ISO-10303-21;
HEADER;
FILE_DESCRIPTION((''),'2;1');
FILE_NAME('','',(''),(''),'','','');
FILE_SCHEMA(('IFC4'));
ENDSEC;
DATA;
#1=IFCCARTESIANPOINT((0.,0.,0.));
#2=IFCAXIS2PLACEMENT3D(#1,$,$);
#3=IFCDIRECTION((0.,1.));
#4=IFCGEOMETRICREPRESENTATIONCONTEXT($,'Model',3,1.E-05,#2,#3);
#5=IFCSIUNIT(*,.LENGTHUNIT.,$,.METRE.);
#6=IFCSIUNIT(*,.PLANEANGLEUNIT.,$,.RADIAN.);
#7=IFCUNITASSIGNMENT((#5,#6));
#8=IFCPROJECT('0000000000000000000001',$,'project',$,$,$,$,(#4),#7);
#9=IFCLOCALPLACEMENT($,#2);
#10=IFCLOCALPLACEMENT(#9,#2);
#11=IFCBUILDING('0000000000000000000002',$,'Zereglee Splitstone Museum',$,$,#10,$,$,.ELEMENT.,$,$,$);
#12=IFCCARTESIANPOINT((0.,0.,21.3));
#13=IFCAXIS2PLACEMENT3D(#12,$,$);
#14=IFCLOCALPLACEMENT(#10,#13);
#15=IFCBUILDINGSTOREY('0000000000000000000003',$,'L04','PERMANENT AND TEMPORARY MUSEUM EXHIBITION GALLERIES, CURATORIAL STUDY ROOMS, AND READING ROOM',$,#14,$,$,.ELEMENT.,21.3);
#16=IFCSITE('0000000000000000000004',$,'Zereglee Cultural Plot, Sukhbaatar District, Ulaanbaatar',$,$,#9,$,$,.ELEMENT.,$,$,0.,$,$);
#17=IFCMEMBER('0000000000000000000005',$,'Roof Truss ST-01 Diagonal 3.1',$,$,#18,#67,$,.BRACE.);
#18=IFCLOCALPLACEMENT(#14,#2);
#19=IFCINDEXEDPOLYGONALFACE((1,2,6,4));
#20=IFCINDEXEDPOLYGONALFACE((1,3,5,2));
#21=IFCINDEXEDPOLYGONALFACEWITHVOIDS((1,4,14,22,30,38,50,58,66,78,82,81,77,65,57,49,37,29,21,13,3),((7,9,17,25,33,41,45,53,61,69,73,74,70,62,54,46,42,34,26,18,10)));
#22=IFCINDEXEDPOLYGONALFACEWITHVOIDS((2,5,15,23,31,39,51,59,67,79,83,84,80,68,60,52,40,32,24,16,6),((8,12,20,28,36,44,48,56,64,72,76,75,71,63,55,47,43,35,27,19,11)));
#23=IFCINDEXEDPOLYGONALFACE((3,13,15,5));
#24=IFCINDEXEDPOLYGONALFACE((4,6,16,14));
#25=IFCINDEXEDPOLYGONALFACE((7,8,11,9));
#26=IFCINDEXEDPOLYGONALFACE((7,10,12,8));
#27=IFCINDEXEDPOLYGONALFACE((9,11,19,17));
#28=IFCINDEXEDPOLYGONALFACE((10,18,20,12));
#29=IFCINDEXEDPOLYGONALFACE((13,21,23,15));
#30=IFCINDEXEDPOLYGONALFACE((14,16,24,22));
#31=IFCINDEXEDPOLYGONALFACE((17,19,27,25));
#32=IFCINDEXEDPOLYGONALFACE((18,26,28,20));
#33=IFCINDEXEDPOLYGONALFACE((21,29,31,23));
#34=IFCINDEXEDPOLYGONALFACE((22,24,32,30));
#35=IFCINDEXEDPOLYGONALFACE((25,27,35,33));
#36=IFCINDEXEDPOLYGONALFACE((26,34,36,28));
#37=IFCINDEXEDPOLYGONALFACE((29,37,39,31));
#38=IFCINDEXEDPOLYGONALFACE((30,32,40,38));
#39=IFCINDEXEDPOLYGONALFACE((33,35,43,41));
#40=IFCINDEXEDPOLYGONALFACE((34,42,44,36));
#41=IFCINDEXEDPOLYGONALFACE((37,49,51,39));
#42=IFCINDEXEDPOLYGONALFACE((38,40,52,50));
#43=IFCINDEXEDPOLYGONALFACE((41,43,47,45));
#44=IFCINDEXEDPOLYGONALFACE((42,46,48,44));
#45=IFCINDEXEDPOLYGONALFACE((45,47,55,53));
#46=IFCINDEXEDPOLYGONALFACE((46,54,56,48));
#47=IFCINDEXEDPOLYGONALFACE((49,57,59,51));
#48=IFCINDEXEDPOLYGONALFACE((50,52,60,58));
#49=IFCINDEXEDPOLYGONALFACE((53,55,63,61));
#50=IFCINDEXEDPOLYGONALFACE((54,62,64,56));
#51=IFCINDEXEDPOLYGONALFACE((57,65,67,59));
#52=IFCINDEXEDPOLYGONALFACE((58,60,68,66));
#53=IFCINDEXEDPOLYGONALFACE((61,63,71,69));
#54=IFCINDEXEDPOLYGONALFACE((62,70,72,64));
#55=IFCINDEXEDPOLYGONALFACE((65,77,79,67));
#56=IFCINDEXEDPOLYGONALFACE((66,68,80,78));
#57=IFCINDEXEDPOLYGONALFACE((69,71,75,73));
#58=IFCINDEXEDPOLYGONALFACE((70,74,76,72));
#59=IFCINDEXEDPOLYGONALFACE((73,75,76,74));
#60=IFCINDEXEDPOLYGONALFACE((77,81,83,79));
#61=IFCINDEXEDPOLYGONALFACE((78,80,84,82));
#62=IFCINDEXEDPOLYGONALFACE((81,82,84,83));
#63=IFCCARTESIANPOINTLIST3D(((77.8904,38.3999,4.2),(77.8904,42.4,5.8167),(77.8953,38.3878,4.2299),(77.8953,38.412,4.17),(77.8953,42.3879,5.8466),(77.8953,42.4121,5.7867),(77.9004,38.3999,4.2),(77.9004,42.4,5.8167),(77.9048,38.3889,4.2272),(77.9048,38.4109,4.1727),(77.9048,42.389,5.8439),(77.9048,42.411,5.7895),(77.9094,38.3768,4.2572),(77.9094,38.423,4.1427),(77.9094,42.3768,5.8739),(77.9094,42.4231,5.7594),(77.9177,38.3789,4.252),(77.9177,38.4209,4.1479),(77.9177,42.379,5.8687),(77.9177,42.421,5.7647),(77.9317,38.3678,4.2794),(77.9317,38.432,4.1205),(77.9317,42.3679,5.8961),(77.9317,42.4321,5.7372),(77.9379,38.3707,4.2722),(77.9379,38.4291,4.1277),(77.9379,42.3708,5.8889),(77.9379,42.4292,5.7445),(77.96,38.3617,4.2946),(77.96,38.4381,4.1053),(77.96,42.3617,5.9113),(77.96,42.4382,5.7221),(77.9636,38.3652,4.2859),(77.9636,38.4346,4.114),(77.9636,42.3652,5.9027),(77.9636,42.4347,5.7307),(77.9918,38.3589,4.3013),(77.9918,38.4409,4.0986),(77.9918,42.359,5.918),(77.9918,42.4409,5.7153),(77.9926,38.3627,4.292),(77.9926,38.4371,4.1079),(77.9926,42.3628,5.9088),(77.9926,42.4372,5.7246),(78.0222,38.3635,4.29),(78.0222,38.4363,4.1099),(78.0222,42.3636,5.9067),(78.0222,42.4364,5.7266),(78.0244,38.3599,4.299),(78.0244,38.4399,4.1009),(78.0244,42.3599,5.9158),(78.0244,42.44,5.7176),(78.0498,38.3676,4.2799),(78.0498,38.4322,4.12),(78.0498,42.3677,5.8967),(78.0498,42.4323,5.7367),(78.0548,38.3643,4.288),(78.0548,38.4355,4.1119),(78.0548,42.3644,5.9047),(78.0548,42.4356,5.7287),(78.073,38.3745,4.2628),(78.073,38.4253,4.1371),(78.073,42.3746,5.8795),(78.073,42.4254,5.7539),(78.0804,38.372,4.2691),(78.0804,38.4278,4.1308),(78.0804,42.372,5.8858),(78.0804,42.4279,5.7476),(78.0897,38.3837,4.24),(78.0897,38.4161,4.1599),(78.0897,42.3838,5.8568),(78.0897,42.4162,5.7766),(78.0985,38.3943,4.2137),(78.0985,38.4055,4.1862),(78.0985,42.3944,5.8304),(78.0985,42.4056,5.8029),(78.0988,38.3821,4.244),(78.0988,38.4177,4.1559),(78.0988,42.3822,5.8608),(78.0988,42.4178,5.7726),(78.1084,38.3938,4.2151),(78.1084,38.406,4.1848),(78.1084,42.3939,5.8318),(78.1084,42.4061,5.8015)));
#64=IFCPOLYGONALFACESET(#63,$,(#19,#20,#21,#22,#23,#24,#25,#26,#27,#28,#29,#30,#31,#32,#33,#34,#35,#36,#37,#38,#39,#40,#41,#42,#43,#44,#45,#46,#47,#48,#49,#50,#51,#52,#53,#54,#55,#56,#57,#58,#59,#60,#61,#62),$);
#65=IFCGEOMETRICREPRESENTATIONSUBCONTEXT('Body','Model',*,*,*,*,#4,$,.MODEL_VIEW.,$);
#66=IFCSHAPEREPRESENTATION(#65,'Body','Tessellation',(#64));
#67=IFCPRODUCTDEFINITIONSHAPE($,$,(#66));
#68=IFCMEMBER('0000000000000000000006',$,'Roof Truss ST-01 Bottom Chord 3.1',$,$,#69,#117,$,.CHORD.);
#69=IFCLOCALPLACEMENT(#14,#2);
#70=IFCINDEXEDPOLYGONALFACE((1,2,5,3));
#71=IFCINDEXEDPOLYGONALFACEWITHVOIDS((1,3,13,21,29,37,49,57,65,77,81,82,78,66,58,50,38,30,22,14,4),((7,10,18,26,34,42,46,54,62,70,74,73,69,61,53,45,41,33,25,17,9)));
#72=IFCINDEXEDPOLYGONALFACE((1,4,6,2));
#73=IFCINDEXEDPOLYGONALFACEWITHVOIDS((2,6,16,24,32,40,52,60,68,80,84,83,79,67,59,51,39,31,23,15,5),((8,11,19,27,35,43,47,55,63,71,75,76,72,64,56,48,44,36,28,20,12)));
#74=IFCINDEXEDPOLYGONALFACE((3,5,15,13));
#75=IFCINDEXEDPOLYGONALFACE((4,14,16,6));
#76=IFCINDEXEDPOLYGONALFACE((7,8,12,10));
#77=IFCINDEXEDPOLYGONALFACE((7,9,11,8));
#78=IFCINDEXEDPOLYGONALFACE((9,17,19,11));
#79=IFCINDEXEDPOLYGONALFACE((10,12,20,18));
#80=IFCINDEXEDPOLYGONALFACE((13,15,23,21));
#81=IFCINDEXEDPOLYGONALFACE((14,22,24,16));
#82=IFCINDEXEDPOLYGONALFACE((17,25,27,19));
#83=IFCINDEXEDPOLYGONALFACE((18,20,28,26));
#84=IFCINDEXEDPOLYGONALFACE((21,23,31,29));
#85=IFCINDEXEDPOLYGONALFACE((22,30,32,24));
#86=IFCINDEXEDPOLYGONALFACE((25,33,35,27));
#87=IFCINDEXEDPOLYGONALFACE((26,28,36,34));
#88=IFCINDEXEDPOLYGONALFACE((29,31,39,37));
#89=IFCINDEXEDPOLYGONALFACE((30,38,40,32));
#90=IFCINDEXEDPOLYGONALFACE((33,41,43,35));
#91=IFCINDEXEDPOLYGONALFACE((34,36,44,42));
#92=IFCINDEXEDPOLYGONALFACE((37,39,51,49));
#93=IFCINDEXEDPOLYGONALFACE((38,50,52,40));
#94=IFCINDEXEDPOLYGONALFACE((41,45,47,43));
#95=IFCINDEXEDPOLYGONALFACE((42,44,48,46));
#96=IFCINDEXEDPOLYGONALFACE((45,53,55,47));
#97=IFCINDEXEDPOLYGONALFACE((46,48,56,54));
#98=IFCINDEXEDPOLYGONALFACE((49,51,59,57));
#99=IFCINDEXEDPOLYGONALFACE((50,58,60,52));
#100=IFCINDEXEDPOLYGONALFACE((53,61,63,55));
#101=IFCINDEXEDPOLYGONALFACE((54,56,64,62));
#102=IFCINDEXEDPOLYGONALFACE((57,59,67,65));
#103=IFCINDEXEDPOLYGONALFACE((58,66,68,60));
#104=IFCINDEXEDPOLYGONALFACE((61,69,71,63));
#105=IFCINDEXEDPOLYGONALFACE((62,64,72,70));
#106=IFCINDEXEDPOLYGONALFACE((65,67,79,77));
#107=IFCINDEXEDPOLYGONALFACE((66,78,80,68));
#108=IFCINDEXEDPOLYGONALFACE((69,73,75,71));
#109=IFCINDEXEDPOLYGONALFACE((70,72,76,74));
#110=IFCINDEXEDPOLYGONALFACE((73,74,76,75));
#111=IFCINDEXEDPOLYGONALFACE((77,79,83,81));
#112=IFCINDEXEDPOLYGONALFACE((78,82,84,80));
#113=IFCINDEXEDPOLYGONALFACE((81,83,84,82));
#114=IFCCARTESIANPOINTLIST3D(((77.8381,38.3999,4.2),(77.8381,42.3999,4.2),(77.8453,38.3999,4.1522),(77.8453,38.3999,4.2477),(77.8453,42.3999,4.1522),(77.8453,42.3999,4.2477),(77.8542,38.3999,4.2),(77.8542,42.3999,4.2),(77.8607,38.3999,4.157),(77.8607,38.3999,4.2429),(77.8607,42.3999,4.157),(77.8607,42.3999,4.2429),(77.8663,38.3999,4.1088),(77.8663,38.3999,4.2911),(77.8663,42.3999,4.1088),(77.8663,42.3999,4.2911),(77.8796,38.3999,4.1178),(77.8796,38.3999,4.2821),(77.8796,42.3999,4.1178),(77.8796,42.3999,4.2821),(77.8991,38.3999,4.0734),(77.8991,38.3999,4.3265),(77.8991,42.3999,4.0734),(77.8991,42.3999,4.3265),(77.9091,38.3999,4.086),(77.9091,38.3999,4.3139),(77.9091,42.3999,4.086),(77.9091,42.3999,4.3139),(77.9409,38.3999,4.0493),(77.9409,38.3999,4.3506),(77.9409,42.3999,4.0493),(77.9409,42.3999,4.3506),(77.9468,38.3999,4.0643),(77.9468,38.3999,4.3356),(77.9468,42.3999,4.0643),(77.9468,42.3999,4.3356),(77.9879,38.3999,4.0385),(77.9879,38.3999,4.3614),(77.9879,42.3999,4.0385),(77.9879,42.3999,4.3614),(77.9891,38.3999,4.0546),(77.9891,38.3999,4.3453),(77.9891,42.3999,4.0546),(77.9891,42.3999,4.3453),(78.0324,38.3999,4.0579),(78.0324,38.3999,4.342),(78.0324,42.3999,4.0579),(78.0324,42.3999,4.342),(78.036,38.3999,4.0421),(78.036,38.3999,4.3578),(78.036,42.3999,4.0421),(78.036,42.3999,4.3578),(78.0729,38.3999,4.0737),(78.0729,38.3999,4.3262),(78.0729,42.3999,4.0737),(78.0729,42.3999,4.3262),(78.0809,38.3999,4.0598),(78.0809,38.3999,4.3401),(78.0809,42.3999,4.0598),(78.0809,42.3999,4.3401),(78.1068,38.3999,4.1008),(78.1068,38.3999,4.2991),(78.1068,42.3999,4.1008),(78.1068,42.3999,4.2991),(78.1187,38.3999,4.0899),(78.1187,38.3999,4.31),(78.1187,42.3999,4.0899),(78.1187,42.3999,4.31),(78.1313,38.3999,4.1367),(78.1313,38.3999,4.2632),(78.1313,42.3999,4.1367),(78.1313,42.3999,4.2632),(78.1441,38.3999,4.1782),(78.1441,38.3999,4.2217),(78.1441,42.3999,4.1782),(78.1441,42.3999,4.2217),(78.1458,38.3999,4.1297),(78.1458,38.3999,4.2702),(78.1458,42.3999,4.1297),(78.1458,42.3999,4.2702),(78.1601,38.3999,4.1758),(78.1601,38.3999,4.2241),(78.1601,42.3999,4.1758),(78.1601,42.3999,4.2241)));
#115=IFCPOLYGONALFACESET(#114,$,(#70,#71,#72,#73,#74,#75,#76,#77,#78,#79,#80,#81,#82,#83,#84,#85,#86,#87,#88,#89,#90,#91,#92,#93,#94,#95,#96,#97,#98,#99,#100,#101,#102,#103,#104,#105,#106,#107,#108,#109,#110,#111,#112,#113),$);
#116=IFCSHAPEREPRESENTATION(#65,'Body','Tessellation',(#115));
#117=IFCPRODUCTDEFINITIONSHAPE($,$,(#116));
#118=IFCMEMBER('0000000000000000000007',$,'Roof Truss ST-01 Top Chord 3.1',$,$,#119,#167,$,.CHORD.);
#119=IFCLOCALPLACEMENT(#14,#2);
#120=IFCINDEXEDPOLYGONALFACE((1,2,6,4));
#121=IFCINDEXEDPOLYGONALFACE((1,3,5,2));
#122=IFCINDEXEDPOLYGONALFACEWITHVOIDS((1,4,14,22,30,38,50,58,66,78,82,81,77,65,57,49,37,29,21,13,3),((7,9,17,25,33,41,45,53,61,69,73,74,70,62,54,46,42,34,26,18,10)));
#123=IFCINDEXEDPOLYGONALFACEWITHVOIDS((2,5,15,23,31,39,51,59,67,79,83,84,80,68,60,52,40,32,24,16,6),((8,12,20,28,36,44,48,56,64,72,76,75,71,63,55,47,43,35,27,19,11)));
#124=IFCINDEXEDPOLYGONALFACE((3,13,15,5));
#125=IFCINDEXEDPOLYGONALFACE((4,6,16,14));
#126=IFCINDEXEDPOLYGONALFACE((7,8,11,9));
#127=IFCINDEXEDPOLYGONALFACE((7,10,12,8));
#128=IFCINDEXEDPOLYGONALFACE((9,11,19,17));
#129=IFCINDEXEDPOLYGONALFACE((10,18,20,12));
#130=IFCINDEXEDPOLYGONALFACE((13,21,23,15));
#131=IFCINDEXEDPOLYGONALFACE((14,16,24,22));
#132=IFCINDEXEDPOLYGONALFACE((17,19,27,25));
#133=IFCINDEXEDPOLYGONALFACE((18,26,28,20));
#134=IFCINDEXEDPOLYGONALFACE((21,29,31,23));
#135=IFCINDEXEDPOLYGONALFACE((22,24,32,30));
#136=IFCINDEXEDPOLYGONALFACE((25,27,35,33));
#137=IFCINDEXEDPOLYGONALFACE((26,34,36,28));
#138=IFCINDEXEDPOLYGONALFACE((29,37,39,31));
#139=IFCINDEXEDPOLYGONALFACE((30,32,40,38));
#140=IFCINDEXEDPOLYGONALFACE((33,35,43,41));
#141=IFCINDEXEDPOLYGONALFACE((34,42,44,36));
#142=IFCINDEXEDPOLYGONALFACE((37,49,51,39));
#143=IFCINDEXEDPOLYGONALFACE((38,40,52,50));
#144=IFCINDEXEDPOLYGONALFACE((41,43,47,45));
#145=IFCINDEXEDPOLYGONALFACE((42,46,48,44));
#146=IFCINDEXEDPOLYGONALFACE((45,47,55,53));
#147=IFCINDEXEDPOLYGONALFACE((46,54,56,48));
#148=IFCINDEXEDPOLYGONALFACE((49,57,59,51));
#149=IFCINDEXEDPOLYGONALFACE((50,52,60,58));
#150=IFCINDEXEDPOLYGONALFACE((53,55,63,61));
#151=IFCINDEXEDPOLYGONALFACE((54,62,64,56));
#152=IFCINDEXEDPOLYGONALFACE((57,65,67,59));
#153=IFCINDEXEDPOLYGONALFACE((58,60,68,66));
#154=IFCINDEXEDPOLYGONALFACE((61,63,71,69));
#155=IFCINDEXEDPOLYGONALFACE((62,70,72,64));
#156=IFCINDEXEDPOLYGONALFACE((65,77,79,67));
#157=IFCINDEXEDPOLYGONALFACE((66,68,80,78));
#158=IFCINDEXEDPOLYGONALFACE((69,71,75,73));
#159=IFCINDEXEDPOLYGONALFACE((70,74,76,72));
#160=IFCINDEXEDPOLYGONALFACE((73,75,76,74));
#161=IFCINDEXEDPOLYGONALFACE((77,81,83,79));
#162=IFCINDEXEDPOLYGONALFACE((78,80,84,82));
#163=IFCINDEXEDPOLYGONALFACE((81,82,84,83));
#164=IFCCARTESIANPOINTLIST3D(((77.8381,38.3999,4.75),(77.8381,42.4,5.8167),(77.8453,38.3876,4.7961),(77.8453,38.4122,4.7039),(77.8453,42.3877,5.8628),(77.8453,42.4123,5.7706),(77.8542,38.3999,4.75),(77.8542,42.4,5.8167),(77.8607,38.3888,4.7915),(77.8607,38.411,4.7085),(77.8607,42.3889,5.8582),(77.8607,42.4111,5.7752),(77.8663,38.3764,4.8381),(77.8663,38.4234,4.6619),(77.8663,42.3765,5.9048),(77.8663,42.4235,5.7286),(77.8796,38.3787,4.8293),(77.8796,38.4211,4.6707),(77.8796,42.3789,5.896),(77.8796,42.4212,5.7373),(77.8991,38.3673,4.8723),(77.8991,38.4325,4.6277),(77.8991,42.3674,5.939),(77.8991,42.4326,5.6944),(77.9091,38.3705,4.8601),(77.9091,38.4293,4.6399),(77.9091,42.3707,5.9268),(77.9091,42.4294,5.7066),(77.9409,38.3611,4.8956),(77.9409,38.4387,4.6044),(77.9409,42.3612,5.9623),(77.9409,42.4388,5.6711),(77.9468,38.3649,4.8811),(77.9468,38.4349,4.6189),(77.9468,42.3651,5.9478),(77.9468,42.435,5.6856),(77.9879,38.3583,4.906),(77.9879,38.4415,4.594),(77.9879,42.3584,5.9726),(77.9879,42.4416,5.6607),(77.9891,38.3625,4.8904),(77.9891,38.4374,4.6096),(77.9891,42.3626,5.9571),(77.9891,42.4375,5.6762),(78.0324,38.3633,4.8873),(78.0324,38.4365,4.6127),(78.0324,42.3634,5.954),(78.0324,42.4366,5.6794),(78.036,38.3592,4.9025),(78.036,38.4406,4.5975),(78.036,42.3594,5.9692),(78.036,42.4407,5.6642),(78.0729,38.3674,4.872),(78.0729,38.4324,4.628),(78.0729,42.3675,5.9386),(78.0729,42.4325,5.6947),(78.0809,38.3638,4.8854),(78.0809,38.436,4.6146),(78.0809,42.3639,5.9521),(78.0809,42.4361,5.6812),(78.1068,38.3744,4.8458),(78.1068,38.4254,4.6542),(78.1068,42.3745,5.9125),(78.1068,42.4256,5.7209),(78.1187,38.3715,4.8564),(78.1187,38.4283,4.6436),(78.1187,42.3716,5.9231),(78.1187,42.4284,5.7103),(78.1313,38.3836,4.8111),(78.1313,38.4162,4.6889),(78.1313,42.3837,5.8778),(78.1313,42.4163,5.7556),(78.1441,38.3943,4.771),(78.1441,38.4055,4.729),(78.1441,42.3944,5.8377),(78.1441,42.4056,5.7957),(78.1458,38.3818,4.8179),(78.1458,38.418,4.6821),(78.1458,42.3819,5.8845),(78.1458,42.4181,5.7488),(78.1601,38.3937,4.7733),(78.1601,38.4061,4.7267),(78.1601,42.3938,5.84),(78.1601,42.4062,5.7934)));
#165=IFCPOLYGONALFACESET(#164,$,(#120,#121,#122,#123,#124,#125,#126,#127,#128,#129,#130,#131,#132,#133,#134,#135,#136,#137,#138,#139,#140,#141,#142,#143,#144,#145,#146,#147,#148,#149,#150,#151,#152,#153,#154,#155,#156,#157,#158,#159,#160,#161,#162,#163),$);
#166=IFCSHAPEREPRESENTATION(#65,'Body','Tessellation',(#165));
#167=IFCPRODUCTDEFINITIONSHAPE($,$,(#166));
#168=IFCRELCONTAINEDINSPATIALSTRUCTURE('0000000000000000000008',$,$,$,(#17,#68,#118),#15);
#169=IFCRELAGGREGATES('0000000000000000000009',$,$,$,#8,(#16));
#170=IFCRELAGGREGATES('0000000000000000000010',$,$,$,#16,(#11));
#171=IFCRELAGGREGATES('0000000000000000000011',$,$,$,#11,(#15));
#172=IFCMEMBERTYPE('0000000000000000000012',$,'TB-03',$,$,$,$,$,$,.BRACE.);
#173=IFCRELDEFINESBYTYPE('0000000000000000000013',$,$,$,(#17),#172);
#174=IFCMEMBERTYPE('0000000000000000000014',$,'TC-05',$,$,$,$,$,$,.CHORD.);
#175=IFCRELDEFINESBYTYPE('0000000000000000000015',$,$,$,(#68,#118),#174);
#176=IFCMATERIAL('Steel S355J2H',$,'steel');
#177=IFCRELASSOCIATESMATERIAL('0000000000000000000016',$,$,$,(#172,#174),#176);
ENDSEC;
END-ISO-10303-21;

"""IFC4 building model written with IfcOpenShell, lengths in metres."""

from ifc_helpers import new_model, si_unit, direction, frame, origin, origin_2d, place, context, subcontext, project, spatial, hollow_circle, extrude, material, material_profile, profile_set, type_object, element, save


model = new_model("IFC4")

# Units and contexts
model_context = context("Model", 3, precision=1e-05, world=origin(), true_north=direction((0.0, 1.0)))
body_context = subcontext(model_context, "Body", "Model", "MODEL_VIEW")
ifc_project = project(units=[si_unit("LENGTHUNIT", "METRE"), si_unit("PLANEANGLEUNIT", "RADIAN")], contexts=[model_context])

# Site, building, storey
site_placement = place(None, origin())
site = spatial("IfcSite", under=ifc_project, at=site_placement, Name="Zereglee Cultural Plot, Sukhbaatar District, Ulaanbaatar", CompositionType="ELEMENT", RefElevation=0.0)
building_placement = place(site_placement, origin())
building = spatial("IfcBuilding", under=site, at=building_placement, Name="Zereglee Splitstone Museum", CompositionType="ELEMENT")
storey_placement = place(building_placement, frame((0.0, 0.0, 21.3)))
storey = spatial("IfcBuildingStorey", under=building, at=storey_placement, Name="L04", Description="PERMANENT AND TEMPORARY MUSEUM EXHIBITION GALLERIES, CURATORIAL STUDY ROOMS, AND READING ROOM", CompositionType="ELEMENT", Elevation=21.3)

# Members
ifc_material_1 = material(Name="Steel S355J2H", Category="steel")
ifc_material_profile_1 = material_profile(ifc_material_1, hollow_circle(Radius=0.1096, WallThickness=0.01, at=origin_2d()), Name="CHS 219.1x10")
ifc_profile_set_1 = profile_set([ifc_material_profile_1], Name="Steel S355J2H")
member_type_1 = type_object("IfcMemberType", Name="TB-03", PredefinedType="BRACE", material=ifc_profile_set_1)
member_1_placement = place(storey_placement, frame((78.0, 38.3999, 4.2), z_axis=(0.0, 0.927136, 0.374725), x_axis=(-1.0, 0.0, 0.0)))
element("IfcMember", 1, at=member_1_placement, inside=storey, type_object=member_type_1, Name="Roof Truss ST-01 Diagonal 3.1", PredefinedType="BRACE", context=body_context, shape_type="SweptSolid", body=[
    extrude(hollow_circle(Radius=0.1096, WallThickness=0.01, at=origin_2d()), origin(), (0.0, 0.0, 1.0), 4.3145),
])
ifc_material_profile_2 = material_profile(ifc_material_1, hollow_circle(Radius=0.1619, WallThickness=0.0161, at=origin_2d()), Name="CHS 323.9x16")
ifc_profile_set_2 = profile_set([ifc_material_profile_2], Name="Steel S355J2H")
member_type_2 = type_object("IfcMemberType", Name="TC-05", PredefinedType="CHORD", material=ifc_profile_set_2)
member_2_placement = place(storey_placement, frame((78.0, 38.3999, 4.2), z_axis=(0.0, 1.0, 0.0), x_axis=(-1.0, 0.0, 0.0)))
element("IfcMember", 2, at=member_2_placement, inside=storey, type_object=member_type_2, Name="Roof Truss ST-01 Bottom Chord 3.1", PredefinedType="CHORD", context=body_context, shape_type="SweptSolid", body=[
    extrude(hollow_circle(Radius=0.1619, WallThickness=0.0161, at=origin_2d()), origin(), (0.0, 0.0, 1.0), 4.0),
])
member_3_placement = place(storey_placement, frame((78.0, 38.3999, 4.75), z_axis=(0.0, 0.966236, 0.257659), x_axis=(-1.0, 0.0, 0.0)))
element("IfcMember", 3, at=member_3_placement, inside=storey, type_object=member_type_2, Name="Roof Truss ST-01 Top Chord 3.1", PredefinedType="CHORD", context=body_context, shape_type="SweptSolid", body=[
    extrude(hollow_circle(Radius=0.1619, WallThickness=0.0161, at=origin_2d()), origin(), (0.0, 0.0, 1.0), 4.1399),
])

save(model, "model.ifc")
